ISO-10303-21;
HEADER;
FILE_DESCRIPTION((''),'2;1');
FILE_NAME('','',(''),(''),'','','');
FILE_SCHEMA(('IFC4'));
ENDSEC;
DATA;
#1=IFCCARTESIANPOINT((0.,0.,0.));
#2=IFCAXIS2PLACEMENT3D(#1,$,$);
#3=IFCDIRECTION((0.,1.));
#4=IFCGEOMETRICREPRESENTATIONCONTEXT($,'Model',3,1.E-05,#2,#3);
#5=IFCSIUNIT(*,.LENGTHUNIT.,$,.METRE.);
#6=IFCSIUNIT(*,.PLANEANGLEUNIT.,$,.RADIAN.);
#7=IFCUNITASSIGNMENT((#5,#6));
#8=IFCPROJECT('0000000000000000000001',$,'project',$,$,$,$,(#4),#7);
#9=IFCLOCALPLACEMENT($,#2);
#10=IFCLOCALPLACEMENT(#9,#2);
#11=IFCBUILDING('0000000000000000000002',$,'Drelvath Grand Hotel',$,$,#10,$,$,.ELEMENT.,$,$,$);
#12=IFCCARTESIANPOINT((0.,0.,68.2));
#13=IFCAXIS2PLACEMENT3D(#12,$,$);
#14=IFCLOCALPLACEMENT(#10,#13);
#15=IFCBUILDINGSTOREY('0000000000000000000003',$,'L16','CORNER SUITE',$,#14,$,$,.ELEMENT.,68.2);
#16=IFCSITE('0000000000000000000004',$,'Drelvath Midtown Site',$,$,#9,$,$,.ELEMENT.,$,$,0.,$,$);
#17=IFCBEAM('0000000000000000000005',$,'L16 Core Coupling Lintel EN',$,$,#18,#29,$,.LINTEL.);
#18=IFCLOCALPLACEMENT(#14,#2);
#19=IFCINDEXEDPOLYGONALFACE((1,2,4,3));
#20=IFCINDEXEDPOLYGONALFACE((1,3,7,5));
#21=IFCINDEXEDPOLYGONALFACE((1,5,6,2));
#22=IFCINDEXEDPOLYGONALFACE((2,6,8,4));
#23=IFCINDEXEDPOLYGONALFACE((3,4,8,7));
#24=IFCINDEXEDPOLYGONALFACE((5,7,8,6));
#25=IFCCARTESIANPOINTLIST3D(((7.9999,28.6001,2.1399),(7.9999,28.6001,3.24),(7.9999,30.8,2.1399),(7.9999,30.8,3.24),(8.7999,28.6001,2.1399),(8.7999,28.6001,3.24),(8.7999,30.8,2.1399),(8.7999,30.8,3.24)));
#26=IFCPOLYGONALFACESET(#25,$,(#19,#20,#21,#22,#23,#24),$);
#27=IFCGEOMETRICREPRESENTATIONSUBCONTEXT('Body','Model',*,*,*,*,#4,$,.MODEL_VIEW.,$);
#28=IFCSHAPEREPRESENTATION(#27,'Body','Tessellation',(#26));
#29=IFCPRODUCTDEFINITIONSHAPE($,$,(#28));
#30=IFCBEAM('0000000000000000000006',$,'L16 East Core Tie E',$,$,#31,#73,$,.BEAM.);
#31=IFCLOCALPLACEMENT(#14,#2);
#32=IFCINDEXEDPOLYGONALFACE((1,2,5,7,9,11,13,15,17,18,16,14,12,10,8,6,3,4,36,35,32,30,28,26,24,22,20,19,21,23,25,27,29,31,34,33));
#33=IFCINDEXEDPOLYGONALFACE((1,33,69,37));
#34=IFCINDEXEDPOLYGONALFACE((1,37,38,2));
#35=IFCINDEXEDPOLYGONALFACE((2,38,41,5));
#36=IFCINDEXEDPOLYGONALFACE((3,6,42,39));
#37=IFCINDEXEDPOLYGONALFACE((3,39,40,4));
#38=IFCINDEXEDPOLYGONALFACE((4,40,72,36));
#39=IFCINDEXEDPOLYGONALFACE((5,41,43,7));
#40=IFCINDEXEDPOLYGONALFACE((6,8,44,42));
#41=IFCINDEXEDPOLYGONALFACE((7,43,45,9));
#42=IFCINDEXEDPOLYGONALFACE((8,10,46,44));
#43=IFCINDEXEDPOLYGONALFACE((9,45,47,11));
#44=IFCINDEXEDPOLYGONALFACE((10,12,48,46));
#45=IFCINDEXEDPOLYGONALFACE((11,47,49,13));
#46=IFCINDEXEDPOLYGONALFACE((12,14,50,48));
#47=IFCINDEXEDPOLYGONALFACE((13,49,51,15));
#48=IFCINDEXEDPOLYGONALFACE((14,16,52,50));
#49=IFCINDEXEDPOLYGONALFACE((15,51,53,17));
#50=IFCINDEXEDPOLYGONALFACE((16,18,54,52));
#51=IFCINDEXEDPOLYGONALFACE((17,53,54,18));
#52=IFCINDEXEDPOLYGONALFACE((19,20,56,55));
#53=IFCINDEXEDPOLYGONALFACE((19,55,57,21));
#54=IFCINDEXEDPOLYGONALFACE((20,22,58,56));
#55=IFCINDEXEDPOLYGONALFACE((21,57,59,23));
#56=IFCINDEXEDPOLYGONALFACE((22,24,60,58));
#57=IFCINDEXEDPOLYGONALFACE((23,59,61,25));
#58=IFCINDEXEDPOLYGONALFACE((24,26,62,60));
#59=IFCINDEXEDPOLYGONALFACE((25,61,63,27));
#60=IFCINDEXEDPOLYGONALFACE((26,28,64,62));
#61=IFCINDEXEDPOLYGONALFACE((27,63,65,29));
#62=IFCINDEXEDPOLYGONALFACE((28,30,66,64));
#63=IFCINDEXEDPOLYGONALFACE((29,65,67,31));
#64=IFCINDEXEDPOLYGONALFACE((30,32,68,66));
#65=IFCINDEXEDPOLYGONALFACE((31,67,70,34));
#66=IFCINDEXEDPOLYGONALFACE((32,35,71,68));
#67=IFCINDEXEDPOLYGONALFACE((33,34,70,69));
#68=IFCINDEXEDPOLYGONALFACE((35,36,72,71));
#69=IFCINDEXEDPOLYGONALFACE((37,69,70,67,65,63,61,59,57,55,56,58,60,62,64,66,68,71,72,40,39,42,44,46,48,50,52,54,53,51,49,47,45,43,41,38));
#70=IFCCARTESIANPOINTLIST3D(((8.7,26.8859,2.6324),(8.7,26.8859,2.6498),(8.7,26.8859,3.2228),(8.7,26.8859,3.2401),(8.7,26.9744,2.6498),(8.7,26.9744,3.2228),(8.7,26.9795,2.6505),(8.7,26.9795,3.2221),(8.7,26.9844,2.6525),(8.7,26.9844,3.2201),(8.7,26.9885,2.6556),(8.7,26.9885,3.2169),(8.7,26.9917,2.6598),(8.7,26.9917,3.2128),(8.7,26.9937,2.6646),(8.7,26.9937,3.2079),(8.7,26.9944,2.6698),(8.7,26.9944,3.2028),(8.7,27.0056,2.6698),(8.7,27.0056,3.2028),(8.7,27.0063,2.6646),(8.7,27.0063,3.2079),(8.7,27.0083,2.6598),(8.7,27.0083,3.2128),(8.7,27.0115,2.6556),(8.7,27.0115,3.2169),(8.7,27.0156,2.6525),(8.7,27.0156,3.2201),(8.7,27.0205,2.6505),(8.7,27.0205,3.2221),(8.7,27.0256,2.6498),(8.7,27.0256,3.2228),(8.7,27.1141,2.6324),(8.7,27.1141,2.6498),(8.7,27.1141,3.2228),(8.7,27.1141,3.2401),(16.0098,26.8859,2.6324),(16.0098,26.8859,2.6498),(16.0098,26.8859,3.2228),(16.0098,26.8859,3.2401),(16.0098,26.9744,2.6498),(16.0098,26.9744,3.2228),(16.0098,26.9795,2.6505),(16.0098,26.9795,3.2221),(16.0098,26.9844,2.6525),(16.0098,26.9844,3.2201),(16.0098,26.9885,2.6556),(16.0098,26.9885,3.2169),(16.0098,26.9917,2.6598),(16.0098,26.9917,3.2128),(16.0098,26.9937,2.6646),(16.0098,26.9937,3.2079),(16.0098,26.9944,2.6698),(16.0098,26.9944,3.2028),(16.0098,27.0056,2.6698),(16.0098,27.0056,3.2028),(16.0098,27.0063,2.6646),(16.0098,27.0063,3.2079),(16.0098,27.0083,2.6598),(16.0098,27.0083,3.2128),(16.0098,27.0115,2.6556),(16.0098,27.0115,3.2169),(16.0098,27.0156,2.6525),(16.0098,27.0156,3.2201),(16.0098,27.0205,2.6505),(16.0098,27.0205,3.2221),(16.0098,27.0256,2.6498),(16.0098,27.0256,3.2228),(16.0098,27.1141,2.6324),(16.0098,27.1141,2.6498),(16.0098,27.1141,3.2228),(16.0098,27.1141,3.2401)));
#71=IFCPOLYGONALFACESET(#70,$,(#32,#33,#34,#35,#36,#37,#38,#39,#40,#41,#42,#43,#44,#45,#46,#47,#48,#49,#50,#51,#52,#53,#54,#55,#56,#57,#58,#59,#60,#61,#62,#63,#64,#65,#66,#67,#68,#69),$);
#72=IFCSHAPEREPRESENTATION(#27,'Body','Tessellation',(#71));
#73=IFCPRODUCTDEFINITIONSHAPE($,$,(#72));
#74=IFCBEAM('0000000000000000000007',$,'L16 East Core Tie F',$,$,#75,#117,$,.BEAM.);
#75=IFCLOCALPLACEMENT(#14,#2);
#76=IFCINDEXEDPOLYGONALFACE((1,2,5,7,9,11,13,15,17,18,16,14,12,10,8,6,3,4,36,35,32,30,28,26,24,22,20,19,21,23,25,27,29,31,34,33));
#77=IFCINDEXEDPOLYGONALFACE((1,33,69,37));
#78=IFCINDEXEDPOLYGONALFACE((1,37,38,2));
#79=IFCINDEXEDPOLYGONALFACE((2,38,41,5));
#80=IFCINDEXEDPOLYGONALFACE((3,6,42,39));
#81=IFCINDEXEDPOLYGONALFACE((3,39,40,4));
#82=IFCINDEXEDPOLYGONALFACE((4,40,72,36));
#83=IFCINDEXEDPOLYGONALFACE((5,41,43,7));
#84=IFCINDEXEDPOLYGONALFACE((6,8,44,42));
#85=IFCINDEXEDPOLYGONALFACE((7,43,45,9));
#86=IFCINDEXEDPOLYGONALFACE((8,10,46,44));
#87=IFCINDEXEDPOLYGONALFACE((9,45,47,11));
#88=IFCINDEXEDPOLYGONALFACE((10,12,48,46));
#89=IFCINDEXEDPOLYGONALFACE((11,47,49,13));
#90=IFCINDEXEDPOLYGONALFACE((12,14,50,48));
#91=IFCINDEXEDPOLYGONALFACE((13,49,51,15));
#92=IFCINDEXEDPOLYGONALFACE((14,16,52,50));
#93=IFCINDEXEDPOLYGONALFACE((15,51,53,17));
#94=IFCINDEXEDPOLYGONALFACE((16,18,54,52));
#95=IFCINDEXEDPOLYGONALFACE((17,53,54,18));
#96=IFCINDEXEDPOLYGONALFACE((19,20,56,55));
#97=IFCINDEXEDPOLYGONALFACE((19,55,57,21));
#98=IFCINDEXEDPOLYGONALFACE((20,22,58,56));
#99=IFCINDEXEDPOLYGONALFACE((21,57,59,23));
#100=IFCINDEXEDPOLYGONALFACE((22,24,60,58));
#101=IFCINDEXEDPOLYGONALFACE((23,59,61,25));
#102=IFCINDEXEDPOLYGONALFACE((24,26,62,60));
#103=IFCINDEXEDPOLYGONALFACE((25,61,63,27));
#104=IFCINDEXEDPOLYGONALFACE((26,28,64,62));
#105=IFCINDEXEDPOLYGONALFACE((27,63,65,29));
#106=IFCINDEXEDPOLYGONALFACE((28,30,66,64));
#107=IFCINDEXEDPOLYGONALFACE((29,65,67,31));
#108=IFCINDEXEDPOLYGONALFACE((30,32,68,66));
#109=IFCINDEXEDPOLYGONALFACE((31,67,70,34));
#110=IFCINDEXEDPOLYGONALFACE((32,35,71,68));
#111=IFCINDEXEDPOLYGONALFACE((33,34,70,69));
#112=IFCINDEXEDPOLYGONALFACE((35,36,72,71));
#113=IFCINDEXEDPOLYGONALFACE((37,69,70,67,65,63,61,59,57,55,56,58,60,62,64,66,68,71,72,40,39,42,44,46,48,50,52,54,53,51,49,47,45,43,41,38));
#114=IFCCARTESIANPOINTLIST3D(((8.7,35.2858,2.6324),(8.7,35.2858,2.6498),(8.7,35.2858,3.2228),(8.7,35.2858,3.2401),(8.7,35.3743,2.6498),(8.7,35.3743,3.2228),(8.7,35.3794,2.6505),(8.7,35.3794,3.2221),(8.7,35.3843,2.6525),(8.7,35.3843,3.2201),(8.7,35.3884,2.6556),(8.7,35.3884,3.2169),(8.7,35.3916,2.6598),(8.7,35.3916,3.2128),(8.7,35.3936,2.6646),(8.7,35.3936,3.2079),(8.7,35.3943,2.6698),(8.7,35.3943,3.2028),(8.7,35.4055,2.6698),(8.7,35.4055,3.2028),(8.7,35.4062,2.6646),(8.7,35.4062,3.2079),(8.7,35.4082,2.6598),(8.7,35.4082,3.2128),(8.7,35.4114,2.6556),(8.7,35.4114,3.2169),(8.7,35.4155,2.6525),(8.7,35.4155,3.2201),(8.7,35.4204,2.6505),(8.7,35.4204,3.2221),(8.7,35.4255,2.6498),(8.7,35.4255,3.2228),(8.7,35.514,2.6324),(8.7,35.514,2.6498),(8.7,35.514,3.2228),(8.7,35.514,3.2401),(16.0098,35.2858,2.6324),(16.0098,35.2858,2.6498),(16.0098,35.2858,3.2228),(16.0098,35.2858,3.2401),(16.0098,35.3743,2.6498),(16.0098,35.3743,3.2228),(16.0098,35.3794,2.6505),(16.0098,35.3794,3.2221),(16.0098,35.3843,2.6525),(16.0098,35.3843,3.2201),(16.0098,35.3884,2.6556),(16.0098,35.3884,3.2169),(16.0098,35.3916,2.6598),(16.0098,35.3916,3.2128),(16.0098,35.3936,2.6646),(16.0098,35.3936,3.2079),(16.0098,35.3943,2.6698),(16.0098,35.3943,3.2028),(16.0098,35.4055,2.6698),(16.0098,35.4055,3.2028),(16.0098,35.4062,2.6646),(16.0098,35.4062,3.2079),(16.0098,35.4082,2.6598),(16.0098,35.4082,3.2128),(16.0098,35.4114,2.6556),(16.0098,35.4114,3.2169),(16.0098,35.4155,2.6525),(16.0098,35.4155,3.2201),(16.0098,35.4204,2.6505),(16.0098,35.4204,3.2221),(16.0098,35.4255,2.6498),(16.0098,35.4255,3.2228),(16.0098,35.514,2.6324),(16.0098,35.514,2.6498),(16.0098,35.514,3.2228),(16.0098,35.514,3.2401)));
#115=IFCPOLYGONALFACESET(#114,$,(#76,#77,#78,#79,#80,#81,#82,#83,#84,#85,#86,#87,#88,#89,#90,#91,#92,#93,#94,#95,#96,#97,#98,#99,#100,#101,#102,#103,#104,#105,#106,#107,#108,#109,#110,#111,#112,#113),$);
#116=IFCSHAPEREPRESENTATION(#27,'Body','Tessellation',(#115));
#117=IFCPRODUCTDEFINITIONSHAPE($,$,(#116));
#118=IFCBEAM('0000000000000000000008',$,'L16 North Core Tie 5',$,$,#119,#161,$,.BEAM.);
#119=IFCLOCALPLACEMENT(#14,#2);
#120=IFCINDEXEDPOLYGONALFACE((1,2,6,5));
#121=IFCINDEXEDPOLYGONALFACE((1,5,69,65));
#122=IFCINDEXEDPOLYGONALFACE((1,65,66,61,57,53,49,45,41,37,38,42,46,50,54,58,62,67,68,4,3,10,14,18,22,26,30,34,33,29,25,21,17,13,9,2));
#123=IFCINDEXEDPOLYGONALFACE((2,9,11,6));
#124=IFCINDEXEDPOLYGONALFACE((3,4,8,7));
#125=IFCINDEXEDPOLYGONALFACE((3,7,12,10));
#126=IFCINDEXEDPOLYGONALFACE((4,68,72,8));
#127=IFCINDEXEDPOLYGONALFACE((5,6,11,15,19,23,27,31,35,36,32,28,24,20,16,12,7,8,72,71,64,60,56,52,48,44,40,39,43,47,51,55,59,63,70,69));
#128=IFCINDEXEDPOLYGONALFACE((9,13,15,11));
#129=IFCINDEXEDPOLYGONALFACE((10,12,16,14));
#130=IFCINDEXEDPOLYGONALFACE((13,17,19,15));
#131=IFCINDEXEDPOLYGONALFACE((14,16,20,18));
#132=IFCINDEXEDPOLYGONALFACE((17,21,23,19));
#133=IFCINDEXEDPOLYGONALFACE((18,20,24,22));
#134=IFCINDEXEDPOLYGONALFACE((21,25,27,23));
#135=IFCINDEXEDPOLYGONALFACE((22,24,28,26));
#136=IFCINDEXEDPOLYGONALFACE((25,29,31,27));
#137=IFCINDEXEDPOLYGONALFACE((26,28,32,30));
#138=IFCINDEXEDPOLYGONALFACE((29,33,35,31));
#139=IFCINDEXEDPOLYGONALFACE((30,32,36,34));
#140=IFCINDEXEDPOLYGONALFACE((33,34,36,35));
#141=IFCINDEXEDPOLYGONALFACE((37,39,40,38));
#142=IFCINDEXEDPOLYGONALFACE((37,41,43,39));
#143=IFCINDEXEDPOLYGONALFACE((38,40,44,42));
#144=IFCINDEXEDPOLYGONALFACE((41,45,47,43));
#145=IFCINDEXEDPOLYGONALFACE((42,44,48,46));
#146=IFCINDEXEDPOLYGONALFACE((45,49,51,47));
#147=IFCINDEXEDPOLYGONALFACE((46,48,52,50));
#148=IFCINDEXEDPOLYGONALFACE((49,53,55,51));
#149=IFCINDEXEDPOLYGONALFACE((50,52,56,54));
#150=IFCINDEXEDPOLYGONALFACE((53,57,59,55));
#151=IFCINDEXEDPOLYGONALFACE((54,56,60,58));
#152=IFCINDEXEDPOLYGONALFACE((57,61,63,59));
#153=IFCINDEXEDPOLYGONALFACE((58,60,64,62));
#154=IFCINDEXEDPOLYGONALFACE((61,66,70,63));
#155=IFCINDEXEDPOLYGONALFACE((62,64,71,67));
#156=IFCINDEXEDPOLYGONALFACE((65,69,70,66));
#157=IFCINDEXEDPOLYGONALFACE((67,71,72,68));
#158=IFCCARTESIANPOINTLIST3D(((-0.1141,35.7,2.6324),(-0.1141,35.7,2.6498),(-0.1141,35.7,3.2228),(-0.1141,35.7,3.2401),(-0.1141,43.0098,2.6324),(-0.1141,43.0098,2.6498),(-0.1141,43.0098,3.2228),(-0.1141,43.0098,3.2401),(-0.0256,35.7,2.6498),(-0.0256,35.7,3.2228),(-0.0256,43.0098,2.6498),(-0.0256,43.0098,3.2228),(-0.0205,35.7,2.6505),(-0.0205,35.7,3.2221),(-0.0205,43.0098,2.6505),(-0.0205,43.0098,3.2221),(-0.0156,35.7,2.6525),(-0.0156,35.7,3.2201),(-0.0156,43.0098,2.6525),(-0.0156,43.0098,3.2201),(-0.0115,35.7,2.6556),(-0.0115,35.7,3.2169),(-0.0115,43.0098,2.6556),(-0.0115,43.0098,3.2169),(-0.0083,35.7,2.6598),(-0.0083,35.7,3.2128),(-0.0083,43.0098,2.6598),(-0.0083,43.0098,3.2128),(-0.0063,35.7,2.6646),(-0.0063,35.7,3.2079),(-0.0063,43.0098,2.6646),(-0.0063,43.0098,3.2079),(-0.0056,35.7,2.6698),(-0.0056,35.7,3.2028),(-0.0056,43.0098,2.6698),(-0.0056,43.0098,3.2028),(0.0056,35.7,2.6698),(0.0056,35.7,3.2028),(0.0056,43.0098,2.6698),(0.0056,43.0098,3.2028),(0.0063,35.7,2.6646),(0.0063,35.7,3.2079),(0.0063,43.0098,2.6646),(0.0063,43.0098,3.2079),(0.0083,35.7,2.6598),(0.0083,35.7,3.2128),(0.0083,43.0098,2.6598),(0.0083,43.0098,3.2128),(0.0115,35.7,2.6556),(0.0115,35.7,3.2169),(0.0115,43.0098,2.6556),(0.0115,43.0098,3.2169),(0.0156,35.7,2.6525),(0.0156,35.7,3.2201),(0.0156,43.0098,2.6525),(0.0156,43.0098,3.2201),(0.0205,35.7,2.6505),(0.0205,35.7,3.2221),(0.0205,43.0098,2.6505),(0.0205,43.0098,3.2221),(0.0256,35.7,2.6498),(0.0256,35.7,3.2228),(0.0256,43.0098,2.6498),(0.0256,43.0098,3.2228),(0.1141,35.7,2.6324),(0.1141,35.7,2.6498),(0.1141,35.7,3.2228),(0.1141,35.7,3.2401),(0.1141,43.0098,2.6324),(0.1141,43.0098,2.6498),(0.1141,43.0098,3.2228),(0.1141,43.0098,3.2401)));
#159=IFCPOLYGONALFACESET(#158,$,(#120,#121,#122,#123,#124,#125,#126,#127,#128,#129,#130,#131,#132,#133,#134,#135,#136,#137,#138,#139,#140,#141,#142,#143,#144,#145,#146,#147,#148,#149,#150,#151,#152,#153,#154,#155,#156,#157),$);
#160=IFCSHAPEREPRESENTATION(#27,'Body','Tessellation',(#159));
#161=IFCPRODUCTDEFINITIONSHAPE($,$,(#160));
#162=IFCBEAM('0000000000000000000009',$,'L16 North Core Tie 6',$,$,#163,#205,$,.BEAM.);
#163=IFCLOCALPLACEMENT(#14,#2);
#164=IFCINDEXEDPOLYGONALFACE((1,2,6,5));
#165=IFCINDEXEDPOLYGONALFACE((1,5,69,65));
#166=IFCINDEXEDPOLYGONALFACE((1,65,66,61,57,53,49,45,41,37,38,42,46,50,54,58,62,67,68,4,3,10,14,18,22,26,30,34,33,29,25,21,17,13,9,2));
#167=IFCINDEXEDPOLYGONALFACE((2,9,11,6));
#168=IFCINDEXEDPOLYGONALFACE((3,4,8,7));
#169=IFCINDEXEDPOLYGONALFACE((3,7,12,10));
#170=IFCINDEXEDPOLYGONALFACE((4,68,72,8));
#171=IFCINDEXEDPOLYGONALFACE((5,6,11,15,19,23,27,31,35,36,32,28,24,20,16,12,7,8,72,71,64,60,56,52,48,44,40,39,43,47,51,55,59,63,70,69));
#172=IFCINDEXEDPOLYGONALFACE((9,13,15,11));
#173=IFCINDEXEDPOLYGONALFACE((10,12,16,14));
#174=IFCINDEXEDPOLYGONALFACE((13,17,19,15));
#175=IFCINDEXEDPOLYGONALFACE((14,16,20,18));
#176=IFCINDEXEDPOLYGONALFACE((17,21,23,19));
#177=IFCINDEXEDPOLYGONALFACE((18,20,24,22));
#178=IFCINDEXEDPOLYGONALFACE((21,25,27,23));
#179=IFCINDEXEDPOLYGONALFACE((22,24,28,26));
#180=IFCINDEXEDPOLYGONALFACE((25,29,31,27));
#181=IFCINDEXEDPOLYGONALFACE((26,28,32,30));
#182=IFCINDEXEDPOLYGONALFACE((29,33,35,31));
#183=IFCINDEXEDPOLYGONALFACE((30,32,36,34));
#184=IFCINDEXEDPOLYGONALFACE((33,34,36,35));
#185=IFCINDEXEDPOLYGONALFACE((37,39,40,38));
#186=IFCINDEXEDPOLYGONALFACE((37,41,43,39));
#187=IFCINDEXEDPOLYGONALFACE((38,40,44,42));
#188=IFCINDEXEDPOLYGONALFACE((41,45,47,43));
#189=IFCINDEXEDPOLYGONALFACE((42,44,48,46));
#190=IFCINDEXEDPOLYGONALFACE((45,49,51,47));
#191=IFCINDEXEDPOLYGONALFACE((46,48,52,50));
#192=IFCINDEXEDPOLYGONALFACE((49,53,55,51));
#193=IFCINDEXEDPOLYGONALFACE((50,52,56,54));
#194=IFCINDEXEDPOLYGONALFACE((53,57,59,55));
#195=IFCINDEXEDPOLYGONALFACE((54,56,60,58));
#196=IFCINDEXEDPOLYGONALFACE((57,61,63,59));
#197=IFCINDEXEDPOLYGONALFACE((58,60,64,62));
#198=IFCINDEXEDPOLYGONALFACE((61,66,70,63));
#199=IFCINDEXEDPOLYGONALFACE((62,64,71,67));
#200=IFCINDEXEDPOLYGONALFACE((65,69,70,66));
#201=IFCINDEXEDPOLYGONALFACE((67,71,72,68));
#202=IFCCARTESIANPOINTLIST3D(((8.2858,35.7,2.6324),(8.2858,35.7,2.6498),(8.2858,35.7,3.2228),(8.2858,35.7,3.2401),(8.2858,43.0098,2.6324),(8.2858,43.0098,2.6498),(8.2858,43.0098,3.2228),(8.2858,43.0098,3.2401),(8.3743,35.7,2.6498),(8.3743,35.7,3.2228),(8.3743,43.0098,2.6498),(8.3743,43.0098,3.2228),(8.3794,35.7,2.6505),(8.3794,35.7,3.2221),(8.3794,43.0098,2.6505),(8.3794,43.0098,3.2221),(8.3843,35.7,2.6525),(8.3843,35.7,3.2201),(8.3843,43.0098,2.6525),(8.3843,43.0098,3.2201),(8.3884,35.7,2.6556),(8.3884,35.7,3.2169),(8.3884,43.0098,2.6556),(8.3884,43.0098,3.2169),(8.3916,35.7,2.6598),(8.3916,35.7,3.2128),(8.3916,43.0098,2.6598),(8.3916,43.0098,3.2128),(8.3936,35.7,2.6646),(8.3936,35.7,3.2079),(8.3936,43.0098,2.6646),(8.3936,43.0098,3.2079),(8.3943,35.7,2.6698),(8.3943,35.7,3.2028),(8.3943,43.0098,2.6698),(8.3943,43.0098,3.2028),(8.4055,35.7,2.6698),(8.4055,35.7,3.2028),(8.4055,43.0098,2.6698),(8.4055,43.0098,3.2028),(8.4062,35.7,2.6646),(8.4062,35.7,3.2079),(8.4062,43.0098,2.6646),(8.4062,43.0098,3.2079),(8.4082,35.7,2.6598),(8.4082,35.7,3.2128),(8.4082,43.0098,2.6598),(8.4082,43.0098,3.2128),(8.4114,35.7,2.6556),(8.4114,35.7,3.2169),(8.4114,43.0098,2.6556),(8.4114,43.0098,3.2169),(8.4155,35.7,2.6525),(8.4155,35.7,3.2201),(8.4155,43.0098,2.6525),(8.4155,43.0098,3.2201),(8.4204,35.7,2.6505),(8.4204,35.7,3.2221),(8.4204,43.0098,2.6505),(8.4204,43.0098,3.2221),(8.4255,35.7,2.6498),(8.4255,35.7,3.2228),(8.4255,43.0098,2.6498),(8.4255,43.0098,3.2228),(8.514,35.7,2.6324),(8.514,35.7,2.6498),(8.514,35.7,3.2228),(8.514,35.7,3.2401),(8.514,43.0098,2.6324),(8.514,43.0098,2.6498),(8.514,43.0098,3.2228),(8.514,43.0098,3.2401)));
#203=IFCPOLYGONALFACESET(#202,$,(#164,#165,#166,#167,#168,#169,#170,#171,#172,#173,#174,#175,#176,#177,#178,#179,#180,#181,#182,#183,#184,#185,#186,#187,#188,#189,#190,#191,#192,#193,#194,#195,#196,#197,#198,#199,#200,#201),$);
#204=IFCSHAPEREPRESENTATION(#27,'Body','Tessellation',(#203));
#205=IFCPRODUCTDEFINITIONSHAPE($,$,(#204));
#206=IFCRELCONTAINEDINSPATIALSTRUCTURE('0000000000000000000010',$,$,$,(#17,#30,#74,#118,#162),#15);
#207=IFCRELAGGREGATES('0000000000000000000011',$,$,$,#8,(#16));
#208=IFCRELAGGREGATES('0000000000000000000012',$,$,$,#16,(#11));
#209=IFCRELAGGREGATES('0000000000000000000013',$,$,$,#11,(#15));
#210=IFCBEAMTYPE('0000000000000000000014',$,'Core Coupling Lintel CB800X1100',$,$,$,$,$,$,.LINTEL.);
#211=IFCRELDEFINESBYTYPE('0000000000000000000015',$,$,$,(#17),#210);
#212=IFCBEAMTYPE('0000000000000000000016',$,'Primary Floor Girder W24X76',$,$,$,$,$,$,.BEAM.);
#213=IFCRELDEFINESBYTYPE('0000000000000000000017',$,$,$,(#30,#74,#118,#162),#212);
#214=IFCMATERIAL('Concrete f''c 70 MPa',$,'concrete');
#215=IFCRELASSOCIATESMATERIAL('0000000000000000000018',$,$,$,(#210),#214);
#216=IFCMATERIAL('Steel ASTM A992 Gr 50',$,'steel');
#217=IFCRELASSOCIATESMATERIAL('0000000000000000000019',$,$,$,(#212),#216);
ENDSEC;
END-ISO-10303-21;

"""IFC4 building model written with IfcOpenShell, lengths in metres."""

from ifc_helpers import new_model, si_unit, direction, frame, origin, origin_2d, place, context, subcontext, project, spatial, rectangle, i_section, extrude, material, material_profile, profile_set, type_object, element, save


model = new_model("IFC4")

# Units and contexts
model_context = context("Model", 3, precision=1e-05, world=origin(), true_north=direction((0.0, 1.0)))
body_context = subcontext(model_context, "Body", "Model", "MODEL_VIEW")
ifc_project = project(units=[si_unit("LENGTHUNIT", "METRE"), si_unit("PLANEANGLEUNIT", "RADIAN")], contexts=[model_context])

# Site, building, storey
site_placement = place(None, origin())
site = spatial("IfcSite", under=ifc_project, at=site_placement, Name="Drelvath Midtown Site", CompositionType="ELEMENT", RefElevation=0.0)
building_placement = place(site_placement, origin())
building = spatial("IfcBuilding", under=site, at=building_placement, Name="Drelvath Grand Hotel", CompositionType="ELEMENT")
storey_placement = place(building_placement, frame((0.0, 0.0, 68.2)))
storey = spatial("IfcBuildingStorey", under=building, at=storey_placement, Name="L16", Description="CORNER SUITE", CompositionType="ELEMENT", Elevation=68.2)

# Beams
ifc_material_1 = material(Name="Concrete f'c 70 MPa", Category="concrete")
ifc_material_profile_1 = material_profile(ifc_material_1, rectangle(XDim=0.8, YDim=1.1001, at=origin_2d()), Name="CB800X1100")
ifc_profile_set_1 = profile_set([ifc_material_profile_1], Name="Concrete f'c 70 MPa")
beam_type_1 = type_object("IfcBeamType", Name="Core Coupling Lintel CB800X1100", PredefinedType="LINTEL", material=ifc_profile_set_1)
beam_placement = place(storey_placement, frame((8.3999, 28.6001, 2.6899), z_axis=(0.0, 1.0, 0.0), x_axis=(-1.0, 0.0, 0.0)))
element("IfcBeam", 1, at=beam_placement, inside=storey, type_object=beam_type_1, Name="L16 Core Coupling Lintel EN", PredefinedType="LINTEL", context=body_context, shape_type="SweptSolid", body=[
    extrude(rectangle(XDim=0.8, YDim=1.1001, at=origin_2d()), origin(), (0.0, 0.0, 1.0), 2.2),
])
ifc_material_2 = material(Name="Steel ASTM A992 Gr 50", Category="steel")
ifc_material_profile_2 = material_profile(ifc_material_2, i_section(OverallWidth=0.2283, OverallDepth=0.6077, WebThickness=0.0112, FlangeThickness=0.0173, FilletRadius=0.02, at=origin_2d()), Name="W24X76")
ifc_profile_set_2 = profile_set([ifc_material_profile_2], Name="Steel ASTM A992 Gr 50")
beam_type_2 = type_object("IfcBeamType", Name="Primary Floor Girder W24X76", PredefinedType="BEAM", material=ifc_profile_set_2)
for number, where, z_axis, x_axis, name in (
    (2, (8.7, 27.0, 2.9363), (1.0, 0.0, 0.0), (0.0, 1.0, 0.0), "L16 East Core Tie E"),
    (3, (8.7, 35.3999, 2.9363), (1.0, 0.0, 0.0), (0.0, 1.0, 0.0), "L16 East Core Tie F"),
    (4, (0.0, 35.7, 2.9363), (0.0, 1.0, 0.0), (-1.0, 0.0, 0.0), "L16 North Core Tie 5"),
    (5, (8.3999, 35.7, 2.9363), (0.0, 1.0, 0.0), (-1.0, 0.0, 0.0), "L16 North Core Tie 6"),
):
    element("IfcBeam", number, at=place(storey_placement, frame(where, z_axis=z_axis, x_axis=x_axis)), inside=storey, type_object=beam_type_2, Name=name, PredefinedType="BEAM", context=body_context, shape_type="SweptSolid", body=[
        extrude(i_section(OverallWidth=0.2283, OverallDepth=0.6077, WebThickness=0.0112, FlangeThickness=0.0173, FilletRadius=0.02, at=origin_2d()), origin(), (0.0, 0.0, 1.0), 7.3098),
    ])

save(model, "model.ifc")
